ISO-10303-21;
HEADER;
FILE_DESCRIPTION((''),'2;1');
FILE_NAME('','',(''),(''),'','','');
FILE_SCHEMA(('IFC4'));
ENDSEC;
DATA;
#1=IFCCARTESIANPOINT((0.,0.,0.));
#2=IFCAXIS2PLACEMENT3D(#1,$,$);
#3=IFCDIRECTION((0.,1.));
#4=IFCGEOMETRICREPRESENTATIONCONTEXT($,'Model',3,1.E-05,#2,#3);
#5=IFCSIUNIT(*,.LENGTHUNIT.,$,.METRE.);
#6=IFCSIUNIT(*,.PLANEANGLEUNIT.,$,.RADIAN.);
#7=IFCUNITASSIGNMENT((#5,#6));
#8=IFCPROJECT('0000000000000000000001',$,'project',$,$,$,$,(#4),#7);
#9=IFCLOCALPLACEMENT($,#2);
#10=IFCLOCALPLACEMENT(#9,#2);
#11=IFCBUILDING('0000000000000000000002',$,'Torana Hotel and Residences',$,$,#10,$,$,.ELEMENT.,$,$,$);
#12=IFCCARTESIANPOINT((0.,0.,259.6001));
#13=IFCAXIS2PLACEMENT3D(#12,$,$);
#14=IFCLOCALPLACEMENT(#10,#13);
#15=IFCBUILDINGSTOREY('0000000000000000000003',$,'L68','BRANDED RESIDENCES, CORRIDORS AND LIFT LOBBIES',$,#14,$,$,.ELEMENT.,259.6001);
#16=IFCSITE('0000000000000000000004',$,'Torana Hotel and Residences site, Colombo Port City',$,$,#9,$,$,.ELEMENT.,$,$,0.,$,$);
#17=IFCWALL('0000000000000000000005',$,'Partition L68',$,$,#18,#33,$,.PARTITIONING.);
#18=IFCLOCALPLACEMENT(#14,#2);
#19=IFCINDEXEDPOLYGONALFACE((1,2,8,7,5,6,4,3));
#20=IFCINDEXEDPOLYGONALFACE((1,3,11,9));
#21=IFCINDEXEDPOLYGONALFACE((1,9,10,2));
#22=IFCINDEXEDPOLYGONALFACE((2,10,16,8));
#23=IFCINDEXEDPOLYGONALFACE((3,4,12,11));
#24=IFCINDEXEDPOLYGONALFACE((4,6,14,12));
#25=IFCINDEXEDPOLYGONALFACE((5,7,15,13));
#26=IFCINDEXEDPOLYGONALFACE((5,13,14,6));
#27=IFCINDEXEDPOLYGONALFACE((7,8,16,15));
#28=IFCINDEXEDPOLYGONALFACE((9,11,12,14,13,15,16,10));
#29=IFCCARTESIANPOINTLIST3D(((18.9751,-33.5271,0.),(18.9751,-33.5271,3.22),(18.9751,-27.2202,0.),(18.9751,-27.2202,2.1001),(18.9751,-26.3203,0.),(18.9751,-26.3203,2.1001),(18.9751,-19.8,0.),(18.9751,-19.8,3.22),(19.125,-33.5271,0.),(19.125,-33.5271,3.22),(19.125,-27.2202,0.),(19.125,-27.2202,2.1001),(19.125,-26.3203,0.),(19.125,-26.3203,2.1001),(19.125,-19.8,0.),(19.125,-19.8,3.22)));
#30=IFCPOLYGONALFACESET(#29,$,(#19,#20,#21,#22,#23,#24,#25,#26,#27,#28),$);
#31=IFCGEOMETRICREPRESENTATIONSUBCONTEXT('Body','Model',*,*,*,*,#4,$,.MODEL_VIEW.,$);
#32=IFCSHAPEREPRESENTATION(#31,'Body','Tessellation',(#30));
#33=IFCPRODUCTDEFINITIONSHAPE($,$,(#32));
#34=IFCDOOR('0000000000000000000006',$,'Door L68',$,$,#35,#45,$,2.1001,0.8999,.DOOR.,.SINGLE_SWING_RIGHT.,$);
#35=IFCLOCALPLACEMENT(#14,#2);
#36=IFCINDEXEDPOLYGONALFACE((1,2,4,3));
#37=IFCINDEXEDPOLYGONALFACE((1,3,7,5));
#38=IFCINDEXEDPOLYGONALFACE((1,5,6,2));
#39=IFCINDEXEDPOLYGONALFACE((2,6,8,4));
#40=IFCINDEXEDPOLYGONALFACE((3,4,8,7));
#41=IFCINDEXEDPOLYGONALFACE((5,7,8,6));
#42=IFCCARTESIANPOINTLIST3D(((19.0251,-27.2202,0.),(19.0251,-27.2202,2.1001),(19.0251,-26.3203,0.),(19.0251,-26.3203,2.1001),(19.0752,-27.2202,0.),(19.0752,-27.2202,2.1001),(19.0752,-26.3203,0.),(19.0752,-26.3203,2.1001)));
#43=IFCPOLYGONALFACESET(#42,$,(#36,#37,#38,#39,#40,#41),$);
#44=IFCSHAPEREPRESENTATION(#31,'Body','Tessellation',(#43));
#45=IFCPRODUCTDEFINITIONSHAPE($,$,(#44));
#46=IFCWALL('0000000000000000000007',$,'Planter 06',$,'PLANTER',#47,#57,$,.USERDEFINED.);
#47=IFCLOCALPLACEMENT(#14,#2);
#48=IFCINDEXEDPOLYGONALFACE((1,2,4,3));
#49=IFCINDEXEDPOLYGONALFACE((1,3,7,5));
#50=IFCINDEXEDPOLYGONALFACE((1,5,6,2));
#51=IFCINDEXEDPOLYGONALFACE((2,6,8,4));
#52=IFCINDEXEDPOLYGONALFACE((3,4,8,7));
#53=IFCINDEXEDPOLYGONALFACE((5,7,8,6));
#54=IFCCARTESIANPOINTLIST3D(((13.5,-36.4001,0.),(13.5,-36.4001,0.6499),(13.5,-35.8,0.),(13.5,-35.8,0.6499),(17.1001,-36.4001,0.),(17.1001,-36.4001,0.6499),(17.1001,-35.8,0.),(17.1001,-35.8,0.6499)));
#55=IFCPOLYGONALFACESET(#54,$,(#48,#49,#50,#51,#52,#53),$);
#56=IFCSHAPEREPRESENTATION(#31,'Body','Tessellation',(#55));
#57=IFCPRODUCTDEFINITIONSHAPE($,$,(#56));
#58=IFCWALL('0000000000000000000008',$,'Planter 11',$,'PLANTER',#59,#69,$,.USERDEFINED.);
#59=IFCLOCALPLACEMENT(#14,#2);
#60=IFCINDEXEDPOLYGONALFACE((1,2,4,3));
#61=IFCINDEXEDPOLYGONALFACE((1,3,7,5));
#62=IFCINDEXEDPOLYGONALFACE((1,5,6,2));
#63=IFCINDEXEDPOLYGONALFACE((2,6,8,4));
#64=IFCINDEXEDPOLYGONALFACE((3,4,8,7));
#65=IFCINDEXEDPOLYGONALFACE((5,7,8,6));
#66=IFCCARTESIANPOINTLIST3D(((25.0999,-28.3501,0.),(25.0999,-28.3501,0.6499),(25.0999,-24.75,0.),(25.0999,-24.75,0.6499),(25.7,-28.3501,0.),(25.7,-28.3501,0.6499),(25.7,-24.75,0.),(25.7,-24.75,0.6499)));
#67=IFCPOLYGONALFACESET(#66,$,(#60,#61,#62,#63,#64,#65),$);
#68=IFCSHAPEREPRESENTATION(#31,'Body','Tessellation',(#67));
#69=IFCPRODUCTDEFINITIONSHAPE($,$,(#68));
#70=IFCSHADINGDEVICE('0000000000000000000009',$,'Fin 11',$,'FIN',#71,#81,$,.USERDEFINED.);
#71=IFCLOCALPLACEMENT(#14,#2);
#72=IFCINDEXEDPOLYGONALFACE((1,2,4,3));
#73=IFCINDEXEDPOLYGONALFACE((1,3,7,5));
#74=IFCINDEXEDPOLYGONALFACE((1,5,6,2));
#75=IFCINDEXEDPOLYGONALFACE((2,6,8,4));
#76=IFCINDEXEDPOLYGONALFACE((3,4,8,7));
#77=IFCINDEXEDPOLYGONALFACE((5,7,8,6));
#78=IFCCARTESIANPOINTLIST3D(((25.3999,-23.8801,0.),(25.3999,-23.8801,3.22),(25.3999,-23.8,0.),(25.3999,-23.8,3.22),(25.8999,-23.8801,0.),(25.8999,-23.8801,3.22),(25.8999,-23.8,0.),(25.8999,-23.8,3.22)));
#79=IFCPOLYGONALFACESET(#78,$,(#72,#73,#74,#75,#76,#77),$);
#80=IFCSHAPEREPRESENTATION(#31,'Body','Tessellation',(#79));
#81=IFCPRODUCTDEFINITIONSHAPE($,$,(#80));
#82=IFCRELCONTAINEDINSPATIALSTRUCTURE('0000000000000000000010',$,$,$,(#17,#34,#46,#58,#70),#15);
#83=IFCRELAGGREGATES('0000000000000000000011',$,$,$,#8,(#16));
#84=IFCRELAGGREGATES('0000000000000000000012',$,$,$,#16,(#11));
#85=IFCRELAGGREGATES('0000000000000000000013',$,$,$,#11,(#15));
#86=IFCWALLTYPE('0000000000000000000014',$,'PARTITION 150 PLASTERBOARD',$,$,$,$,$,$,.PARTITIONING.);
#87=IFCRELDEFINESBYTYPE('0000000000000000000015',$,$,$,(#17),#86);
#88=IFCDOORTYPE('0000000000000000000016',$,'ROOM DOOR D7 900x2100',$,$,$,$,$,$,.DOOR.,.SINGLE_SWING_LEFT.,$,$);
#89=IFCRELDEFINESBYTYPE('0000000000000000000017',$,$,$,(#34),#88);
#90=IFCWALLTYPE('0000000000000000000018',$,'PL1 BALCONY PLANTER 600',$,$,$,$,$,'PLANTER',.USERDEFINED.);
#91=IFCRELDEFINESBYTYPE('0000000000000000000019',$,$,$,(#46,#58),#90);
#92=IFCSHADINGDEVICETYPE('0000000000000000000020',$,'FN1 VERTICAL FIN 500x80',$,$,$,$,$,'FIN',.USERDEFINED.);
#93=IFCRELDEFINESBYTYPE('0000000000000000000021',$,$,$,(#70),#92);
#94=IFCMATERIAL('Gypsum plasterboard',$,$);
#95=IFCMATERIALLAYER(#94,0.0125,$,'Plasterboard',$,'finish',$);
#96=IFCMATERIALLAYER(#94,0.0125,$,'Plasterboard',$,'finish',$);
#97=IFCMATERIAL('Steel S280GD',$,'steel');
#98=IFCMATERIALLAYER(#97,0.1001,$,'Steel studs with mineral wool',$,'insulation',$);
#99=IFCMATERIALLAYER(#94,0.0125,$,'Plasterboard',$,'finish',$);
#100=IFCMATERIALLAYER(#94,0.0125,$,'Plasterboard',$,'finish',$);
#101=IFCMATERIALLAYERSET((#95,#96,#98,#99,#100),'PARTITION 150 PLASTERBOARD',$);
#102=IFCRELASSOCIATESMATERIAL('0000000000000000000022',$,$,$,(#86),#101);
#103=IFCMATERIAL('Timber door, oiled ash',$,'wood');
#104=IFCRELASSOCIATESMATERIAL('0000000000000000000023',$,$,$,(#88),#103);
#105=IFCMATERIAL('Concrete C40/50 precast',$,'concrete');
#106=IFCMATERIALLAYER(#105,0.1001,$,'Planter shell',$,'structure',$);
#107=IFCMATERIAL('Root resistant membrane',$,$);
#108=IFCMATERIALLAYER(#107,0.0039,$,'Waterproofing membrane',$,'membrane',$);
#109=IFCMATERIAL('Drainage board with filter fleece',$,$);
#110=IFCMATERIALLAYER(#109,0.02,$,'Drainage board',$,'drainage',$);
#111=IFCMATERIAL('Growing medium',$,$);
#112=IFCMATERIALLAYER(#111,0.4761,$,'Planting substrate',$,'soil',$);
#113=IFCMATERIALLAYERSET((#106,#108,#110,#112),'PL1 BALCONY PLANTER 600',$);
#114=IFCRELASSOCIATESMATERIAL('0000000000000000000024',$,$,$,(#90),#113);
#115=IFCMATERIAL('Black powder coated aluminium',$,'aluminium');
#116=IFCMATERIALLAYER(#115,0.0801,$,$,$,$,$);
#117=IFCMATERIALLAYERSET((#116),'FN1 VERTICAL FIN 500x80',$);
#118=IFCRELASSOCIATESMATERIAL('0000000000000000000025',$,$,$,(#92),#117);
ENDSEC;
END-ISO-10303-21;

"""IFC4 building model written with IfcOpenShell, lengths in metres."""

from ifc_helpers import new_model, si_unit, direction, frame, frame_2d, origin, origin_2d, place, context, subcontext, project, spatial, rectangle, extrude, material, layer, layer_set, type_object, element, fill, save


model = new_model("IFC4")

# Units and contexts
model_context = context("Model", 3, precision=1e-05, world=origin(), true_north=direction((0.0, 1.0)))
body_context = subcontext(model_context, "Body", "Model", "MODEL_VIEW")
ifc_project = project(units=[si_unit("LENGTHUNIT", "METRE"), si_unit("PLANEANGLEUNIT", "RADIAN")], contexts=[model_context])

# Site, building, storey
site_placement = place(None, origin())
site = spatial("IfcSite", under=ifc_project, at=site_placement, Name="Torana Hotel and Residences site, Colombo Port City", CompositionType="ELEMENT", RefElevation=0.0)
building_placement = place(site_placement, origin())
building = spatial("IfcBuilding", under=site, at=building_placement, Name="Torana Hotel and Residences", CompositionType="ELEMENT")
storey_placement = place(building_placement, frame((0.0, 0.0, 259.6001)))
storey = spatial("IfcBuildingStorey", under=building, at=storey_placement, Name="L68", Description="BRANDED RESIDENCES, CORRIDORS AND LIFT LOBBIES", CompositionType="ELEMENT", Elevation=259.6001)

# Shared definitions
ifc_material_1 = material(Name="Steel S280GD", Category="steel")

# Wall, opening, door
ifc_material_2 = material(Name="Gypsum plasterboard")
ifc_layer_1 = layer(ifc_material_2, 0.0125, Name="Plasterboard", Category="finish")
ifc_layer_2 = layer(ifc_material_2, 0.0125, Name="Plasterboard", Category="finish")
ifc_layer_3 = layer(ifc_material_1, 0.1001, Name="Steel studs with mineral wool", Category="insulation")
ifc_layer_4 = layer(ifc_material_2, 0.0125, Name="Plasterboard", Category="finish")
ifc_layer_5 = layer(ifc_material_2, 0.0125, Name="Plasterboard", Category="finish")
ifc_layer_set_1 = layer_set([ifc_layer_1, ifc_layer_2, ifc_layer_3, ifc_layer_4, ifc_layer_5], Name="PARTITION 150 PLASTERBOARD")
wall_type_1 = type_object("IfcWallType", Name="PARTITION 150 PLASTERBOARD", PredefinedType="PARTITIONING", material=ifc_layer_set_1)
ifc_material_3 = material(Name="Timber door, oiled ash", Category="wood")
door_type_1 = type_object("IfcDoorType", Name="ROOM DOOR D7 900x2100", OperationType="SINGLE_SWING_LEFT", PredefinedType="DOOR", material=ifc_material_3)
wall_1_placement = place(storey_placement, frame((19.05, -33.5271, 0.0), z_axis=(0.0, 0.0, 1.0), x_axis=(0.0, 1.0, 0.0)))
wall_1 = element("IfcWall", 1, at=wall_1_placement, inside=storey, type_object=wall_type_1, Name="Partition L68", PredefinedType="PARTITIONING", context=body_context, shape_type="SweptSolid", body=[
    extrude(rectangle(XDim=13.7271, YDim=0.1499, at=frame_2d((6.8635, 0.0))), origin(), (0.0, 0.0, 1.0), 3.22),
])
opening_1_placement = place(wall_1_placement, frame((6.3069, 0.0, 0.0)))
opening_1 = element("IfcOpeningElement", 2, at=opening_1_placement, cuts=wall_1, PredefinedType="OPENING", context=body_context, shape_type="SweptSolid", body=[
    extrude(rectangle(XDim=0.8999, YDim=2.1001, at=frame_2d((0.45, 1.05))), frame((0.0, 0.085, 0.0), z_axis=(0.0, -1.0, 0.0), x_axis=(1.0, 0.0, 0.0)), (0.0, 0.0, 1.0), 0.1699),
])
door_1_placement = place(opening_1_placement, origin())
door_1 = element("IfcDoor", 3, at=door_1_placement, inside=storey, type_object=door_type_1, Name="Door L68", OperationType="SINGLE_SWING_RIGHT", OverallHeight=2.1001, OverallWidth=0.8999, PredefinedType="DOOR", context=body_context, shape_type="SweptSolid", body=[
    extrude(rectangle(XDim=0.8999, YDim=2.1001, at=frame_2d((0.45, 1.05))), frame((0.0, 0.0249, 0.0), z_axis=(0.0, -1.0, 0.0), x_axis=(1.0, 0.0, 0.0)), (0.0, 0.0, 1.0), 0.05),
])
fill(opening_1, door_1)

# Walls
ifc_material_4 = material(Name="Concrete C40/50 precast", Category="concrete")
ifc_layer_6 = layer(ifc_material_4, 0.1001, Name="Planter shell", Category="structure")
ifc_material_5 = material(Name="Root resistant membrane")
ifc_layer_7 = layer(ifc_material_5, 0.0039, Name="Waterproofing membrane", Category="membrane")
ifc_material_6 = material(Name="Drainage board with filter fleece")
ifc_layer_8 = layer(ifc_material_6, 0.02, Name="Drainage board", Category="drainage")
ifc_material_7 = material(Name="Growing medium")
ifc_layer_9 = layer(ifc_material_7, 0.4761, Name="Planting substrate", Category="soil")
ifc_layer_set_2 = layer_set([ifc_layer_6, ifc_layer_7, ifc_layer_8, ifc_layer_9], Name="PL1 BALCONY PLANTER 600")
wall_type_2 = type_object("IfcWallType", Name="PL1 BALCONY PLANTER 600", ElementType="PLANTER", PredefinedType="USERDEFINED", material=ifc_layer_set_2)
for number, where, z_axis, x_axis, name in (
    (4, (17.1001, -36.1001, 0.0), (0.0, 0.0, 1.0), (-1.0, 0.0, 0.0), "Planter 06"),
    (5, (25.3999, -24.75, 0.0), (0.0, 0.0, 1.0), (0.0, -1.0, 0.0), "Planter 11"),
):
    element("IfcWall", number, at=place(storey_placement, frame(where, z_axis=z_axis, x_axis=x_axis)), inside=storey, type_object=wall_type_2, Name=name, ObjectType="PLANTER", PredefinedType="USERDEFINED", context=body_context, shape_type="SweptSolid", body=[
        extrude(rectangle(XDim=3.6001, YDim=0.6001, at=frame_2d((1.8, 0.0))), origin(), (0.0, 0.0, 1.0), 0.6499),
    ])

# Shading device
ifc_material_8 = material(Name="Black powder coated aluminium", Category="aluminium")
ifc_layer_10 = layer(ifc_material_8, 0.0801)
ifc_layer_set_3 = layer_set([ifc_layer_10], Name="FN1 VERTICAL FIN 500x80")
shading_device_type = type_object("IfcShadingDeviceType", Name="FN1 VERTICAL FIN 500x80", ElementType="FIN", PredefinedType="USERDEFINED", material=ifc_layer_set_3)
shading_device_placement = place(storey_placement, frame((25.6499, -23.8401, 0.0), z_axis=(0.0, 0.0, 1.0), x_axis=(0.0, -1.0, 0.0)))
element("IfcShadingDevice", 6, at=shading_device_placement, inside=storey, type_object=shading_device_type, Name="Fin 11", ObjectType="FIN", PredefinedType="USERDEFINED", context=body_context, shape_type="SweptSolid", body=[
    extrude(rectangle(XDim=0.0801, YDim=0.5, at=origin_2d()), origin(), (0.0, 0.0, 1.0), 3.22),
])

save(model, "model.ifc")
